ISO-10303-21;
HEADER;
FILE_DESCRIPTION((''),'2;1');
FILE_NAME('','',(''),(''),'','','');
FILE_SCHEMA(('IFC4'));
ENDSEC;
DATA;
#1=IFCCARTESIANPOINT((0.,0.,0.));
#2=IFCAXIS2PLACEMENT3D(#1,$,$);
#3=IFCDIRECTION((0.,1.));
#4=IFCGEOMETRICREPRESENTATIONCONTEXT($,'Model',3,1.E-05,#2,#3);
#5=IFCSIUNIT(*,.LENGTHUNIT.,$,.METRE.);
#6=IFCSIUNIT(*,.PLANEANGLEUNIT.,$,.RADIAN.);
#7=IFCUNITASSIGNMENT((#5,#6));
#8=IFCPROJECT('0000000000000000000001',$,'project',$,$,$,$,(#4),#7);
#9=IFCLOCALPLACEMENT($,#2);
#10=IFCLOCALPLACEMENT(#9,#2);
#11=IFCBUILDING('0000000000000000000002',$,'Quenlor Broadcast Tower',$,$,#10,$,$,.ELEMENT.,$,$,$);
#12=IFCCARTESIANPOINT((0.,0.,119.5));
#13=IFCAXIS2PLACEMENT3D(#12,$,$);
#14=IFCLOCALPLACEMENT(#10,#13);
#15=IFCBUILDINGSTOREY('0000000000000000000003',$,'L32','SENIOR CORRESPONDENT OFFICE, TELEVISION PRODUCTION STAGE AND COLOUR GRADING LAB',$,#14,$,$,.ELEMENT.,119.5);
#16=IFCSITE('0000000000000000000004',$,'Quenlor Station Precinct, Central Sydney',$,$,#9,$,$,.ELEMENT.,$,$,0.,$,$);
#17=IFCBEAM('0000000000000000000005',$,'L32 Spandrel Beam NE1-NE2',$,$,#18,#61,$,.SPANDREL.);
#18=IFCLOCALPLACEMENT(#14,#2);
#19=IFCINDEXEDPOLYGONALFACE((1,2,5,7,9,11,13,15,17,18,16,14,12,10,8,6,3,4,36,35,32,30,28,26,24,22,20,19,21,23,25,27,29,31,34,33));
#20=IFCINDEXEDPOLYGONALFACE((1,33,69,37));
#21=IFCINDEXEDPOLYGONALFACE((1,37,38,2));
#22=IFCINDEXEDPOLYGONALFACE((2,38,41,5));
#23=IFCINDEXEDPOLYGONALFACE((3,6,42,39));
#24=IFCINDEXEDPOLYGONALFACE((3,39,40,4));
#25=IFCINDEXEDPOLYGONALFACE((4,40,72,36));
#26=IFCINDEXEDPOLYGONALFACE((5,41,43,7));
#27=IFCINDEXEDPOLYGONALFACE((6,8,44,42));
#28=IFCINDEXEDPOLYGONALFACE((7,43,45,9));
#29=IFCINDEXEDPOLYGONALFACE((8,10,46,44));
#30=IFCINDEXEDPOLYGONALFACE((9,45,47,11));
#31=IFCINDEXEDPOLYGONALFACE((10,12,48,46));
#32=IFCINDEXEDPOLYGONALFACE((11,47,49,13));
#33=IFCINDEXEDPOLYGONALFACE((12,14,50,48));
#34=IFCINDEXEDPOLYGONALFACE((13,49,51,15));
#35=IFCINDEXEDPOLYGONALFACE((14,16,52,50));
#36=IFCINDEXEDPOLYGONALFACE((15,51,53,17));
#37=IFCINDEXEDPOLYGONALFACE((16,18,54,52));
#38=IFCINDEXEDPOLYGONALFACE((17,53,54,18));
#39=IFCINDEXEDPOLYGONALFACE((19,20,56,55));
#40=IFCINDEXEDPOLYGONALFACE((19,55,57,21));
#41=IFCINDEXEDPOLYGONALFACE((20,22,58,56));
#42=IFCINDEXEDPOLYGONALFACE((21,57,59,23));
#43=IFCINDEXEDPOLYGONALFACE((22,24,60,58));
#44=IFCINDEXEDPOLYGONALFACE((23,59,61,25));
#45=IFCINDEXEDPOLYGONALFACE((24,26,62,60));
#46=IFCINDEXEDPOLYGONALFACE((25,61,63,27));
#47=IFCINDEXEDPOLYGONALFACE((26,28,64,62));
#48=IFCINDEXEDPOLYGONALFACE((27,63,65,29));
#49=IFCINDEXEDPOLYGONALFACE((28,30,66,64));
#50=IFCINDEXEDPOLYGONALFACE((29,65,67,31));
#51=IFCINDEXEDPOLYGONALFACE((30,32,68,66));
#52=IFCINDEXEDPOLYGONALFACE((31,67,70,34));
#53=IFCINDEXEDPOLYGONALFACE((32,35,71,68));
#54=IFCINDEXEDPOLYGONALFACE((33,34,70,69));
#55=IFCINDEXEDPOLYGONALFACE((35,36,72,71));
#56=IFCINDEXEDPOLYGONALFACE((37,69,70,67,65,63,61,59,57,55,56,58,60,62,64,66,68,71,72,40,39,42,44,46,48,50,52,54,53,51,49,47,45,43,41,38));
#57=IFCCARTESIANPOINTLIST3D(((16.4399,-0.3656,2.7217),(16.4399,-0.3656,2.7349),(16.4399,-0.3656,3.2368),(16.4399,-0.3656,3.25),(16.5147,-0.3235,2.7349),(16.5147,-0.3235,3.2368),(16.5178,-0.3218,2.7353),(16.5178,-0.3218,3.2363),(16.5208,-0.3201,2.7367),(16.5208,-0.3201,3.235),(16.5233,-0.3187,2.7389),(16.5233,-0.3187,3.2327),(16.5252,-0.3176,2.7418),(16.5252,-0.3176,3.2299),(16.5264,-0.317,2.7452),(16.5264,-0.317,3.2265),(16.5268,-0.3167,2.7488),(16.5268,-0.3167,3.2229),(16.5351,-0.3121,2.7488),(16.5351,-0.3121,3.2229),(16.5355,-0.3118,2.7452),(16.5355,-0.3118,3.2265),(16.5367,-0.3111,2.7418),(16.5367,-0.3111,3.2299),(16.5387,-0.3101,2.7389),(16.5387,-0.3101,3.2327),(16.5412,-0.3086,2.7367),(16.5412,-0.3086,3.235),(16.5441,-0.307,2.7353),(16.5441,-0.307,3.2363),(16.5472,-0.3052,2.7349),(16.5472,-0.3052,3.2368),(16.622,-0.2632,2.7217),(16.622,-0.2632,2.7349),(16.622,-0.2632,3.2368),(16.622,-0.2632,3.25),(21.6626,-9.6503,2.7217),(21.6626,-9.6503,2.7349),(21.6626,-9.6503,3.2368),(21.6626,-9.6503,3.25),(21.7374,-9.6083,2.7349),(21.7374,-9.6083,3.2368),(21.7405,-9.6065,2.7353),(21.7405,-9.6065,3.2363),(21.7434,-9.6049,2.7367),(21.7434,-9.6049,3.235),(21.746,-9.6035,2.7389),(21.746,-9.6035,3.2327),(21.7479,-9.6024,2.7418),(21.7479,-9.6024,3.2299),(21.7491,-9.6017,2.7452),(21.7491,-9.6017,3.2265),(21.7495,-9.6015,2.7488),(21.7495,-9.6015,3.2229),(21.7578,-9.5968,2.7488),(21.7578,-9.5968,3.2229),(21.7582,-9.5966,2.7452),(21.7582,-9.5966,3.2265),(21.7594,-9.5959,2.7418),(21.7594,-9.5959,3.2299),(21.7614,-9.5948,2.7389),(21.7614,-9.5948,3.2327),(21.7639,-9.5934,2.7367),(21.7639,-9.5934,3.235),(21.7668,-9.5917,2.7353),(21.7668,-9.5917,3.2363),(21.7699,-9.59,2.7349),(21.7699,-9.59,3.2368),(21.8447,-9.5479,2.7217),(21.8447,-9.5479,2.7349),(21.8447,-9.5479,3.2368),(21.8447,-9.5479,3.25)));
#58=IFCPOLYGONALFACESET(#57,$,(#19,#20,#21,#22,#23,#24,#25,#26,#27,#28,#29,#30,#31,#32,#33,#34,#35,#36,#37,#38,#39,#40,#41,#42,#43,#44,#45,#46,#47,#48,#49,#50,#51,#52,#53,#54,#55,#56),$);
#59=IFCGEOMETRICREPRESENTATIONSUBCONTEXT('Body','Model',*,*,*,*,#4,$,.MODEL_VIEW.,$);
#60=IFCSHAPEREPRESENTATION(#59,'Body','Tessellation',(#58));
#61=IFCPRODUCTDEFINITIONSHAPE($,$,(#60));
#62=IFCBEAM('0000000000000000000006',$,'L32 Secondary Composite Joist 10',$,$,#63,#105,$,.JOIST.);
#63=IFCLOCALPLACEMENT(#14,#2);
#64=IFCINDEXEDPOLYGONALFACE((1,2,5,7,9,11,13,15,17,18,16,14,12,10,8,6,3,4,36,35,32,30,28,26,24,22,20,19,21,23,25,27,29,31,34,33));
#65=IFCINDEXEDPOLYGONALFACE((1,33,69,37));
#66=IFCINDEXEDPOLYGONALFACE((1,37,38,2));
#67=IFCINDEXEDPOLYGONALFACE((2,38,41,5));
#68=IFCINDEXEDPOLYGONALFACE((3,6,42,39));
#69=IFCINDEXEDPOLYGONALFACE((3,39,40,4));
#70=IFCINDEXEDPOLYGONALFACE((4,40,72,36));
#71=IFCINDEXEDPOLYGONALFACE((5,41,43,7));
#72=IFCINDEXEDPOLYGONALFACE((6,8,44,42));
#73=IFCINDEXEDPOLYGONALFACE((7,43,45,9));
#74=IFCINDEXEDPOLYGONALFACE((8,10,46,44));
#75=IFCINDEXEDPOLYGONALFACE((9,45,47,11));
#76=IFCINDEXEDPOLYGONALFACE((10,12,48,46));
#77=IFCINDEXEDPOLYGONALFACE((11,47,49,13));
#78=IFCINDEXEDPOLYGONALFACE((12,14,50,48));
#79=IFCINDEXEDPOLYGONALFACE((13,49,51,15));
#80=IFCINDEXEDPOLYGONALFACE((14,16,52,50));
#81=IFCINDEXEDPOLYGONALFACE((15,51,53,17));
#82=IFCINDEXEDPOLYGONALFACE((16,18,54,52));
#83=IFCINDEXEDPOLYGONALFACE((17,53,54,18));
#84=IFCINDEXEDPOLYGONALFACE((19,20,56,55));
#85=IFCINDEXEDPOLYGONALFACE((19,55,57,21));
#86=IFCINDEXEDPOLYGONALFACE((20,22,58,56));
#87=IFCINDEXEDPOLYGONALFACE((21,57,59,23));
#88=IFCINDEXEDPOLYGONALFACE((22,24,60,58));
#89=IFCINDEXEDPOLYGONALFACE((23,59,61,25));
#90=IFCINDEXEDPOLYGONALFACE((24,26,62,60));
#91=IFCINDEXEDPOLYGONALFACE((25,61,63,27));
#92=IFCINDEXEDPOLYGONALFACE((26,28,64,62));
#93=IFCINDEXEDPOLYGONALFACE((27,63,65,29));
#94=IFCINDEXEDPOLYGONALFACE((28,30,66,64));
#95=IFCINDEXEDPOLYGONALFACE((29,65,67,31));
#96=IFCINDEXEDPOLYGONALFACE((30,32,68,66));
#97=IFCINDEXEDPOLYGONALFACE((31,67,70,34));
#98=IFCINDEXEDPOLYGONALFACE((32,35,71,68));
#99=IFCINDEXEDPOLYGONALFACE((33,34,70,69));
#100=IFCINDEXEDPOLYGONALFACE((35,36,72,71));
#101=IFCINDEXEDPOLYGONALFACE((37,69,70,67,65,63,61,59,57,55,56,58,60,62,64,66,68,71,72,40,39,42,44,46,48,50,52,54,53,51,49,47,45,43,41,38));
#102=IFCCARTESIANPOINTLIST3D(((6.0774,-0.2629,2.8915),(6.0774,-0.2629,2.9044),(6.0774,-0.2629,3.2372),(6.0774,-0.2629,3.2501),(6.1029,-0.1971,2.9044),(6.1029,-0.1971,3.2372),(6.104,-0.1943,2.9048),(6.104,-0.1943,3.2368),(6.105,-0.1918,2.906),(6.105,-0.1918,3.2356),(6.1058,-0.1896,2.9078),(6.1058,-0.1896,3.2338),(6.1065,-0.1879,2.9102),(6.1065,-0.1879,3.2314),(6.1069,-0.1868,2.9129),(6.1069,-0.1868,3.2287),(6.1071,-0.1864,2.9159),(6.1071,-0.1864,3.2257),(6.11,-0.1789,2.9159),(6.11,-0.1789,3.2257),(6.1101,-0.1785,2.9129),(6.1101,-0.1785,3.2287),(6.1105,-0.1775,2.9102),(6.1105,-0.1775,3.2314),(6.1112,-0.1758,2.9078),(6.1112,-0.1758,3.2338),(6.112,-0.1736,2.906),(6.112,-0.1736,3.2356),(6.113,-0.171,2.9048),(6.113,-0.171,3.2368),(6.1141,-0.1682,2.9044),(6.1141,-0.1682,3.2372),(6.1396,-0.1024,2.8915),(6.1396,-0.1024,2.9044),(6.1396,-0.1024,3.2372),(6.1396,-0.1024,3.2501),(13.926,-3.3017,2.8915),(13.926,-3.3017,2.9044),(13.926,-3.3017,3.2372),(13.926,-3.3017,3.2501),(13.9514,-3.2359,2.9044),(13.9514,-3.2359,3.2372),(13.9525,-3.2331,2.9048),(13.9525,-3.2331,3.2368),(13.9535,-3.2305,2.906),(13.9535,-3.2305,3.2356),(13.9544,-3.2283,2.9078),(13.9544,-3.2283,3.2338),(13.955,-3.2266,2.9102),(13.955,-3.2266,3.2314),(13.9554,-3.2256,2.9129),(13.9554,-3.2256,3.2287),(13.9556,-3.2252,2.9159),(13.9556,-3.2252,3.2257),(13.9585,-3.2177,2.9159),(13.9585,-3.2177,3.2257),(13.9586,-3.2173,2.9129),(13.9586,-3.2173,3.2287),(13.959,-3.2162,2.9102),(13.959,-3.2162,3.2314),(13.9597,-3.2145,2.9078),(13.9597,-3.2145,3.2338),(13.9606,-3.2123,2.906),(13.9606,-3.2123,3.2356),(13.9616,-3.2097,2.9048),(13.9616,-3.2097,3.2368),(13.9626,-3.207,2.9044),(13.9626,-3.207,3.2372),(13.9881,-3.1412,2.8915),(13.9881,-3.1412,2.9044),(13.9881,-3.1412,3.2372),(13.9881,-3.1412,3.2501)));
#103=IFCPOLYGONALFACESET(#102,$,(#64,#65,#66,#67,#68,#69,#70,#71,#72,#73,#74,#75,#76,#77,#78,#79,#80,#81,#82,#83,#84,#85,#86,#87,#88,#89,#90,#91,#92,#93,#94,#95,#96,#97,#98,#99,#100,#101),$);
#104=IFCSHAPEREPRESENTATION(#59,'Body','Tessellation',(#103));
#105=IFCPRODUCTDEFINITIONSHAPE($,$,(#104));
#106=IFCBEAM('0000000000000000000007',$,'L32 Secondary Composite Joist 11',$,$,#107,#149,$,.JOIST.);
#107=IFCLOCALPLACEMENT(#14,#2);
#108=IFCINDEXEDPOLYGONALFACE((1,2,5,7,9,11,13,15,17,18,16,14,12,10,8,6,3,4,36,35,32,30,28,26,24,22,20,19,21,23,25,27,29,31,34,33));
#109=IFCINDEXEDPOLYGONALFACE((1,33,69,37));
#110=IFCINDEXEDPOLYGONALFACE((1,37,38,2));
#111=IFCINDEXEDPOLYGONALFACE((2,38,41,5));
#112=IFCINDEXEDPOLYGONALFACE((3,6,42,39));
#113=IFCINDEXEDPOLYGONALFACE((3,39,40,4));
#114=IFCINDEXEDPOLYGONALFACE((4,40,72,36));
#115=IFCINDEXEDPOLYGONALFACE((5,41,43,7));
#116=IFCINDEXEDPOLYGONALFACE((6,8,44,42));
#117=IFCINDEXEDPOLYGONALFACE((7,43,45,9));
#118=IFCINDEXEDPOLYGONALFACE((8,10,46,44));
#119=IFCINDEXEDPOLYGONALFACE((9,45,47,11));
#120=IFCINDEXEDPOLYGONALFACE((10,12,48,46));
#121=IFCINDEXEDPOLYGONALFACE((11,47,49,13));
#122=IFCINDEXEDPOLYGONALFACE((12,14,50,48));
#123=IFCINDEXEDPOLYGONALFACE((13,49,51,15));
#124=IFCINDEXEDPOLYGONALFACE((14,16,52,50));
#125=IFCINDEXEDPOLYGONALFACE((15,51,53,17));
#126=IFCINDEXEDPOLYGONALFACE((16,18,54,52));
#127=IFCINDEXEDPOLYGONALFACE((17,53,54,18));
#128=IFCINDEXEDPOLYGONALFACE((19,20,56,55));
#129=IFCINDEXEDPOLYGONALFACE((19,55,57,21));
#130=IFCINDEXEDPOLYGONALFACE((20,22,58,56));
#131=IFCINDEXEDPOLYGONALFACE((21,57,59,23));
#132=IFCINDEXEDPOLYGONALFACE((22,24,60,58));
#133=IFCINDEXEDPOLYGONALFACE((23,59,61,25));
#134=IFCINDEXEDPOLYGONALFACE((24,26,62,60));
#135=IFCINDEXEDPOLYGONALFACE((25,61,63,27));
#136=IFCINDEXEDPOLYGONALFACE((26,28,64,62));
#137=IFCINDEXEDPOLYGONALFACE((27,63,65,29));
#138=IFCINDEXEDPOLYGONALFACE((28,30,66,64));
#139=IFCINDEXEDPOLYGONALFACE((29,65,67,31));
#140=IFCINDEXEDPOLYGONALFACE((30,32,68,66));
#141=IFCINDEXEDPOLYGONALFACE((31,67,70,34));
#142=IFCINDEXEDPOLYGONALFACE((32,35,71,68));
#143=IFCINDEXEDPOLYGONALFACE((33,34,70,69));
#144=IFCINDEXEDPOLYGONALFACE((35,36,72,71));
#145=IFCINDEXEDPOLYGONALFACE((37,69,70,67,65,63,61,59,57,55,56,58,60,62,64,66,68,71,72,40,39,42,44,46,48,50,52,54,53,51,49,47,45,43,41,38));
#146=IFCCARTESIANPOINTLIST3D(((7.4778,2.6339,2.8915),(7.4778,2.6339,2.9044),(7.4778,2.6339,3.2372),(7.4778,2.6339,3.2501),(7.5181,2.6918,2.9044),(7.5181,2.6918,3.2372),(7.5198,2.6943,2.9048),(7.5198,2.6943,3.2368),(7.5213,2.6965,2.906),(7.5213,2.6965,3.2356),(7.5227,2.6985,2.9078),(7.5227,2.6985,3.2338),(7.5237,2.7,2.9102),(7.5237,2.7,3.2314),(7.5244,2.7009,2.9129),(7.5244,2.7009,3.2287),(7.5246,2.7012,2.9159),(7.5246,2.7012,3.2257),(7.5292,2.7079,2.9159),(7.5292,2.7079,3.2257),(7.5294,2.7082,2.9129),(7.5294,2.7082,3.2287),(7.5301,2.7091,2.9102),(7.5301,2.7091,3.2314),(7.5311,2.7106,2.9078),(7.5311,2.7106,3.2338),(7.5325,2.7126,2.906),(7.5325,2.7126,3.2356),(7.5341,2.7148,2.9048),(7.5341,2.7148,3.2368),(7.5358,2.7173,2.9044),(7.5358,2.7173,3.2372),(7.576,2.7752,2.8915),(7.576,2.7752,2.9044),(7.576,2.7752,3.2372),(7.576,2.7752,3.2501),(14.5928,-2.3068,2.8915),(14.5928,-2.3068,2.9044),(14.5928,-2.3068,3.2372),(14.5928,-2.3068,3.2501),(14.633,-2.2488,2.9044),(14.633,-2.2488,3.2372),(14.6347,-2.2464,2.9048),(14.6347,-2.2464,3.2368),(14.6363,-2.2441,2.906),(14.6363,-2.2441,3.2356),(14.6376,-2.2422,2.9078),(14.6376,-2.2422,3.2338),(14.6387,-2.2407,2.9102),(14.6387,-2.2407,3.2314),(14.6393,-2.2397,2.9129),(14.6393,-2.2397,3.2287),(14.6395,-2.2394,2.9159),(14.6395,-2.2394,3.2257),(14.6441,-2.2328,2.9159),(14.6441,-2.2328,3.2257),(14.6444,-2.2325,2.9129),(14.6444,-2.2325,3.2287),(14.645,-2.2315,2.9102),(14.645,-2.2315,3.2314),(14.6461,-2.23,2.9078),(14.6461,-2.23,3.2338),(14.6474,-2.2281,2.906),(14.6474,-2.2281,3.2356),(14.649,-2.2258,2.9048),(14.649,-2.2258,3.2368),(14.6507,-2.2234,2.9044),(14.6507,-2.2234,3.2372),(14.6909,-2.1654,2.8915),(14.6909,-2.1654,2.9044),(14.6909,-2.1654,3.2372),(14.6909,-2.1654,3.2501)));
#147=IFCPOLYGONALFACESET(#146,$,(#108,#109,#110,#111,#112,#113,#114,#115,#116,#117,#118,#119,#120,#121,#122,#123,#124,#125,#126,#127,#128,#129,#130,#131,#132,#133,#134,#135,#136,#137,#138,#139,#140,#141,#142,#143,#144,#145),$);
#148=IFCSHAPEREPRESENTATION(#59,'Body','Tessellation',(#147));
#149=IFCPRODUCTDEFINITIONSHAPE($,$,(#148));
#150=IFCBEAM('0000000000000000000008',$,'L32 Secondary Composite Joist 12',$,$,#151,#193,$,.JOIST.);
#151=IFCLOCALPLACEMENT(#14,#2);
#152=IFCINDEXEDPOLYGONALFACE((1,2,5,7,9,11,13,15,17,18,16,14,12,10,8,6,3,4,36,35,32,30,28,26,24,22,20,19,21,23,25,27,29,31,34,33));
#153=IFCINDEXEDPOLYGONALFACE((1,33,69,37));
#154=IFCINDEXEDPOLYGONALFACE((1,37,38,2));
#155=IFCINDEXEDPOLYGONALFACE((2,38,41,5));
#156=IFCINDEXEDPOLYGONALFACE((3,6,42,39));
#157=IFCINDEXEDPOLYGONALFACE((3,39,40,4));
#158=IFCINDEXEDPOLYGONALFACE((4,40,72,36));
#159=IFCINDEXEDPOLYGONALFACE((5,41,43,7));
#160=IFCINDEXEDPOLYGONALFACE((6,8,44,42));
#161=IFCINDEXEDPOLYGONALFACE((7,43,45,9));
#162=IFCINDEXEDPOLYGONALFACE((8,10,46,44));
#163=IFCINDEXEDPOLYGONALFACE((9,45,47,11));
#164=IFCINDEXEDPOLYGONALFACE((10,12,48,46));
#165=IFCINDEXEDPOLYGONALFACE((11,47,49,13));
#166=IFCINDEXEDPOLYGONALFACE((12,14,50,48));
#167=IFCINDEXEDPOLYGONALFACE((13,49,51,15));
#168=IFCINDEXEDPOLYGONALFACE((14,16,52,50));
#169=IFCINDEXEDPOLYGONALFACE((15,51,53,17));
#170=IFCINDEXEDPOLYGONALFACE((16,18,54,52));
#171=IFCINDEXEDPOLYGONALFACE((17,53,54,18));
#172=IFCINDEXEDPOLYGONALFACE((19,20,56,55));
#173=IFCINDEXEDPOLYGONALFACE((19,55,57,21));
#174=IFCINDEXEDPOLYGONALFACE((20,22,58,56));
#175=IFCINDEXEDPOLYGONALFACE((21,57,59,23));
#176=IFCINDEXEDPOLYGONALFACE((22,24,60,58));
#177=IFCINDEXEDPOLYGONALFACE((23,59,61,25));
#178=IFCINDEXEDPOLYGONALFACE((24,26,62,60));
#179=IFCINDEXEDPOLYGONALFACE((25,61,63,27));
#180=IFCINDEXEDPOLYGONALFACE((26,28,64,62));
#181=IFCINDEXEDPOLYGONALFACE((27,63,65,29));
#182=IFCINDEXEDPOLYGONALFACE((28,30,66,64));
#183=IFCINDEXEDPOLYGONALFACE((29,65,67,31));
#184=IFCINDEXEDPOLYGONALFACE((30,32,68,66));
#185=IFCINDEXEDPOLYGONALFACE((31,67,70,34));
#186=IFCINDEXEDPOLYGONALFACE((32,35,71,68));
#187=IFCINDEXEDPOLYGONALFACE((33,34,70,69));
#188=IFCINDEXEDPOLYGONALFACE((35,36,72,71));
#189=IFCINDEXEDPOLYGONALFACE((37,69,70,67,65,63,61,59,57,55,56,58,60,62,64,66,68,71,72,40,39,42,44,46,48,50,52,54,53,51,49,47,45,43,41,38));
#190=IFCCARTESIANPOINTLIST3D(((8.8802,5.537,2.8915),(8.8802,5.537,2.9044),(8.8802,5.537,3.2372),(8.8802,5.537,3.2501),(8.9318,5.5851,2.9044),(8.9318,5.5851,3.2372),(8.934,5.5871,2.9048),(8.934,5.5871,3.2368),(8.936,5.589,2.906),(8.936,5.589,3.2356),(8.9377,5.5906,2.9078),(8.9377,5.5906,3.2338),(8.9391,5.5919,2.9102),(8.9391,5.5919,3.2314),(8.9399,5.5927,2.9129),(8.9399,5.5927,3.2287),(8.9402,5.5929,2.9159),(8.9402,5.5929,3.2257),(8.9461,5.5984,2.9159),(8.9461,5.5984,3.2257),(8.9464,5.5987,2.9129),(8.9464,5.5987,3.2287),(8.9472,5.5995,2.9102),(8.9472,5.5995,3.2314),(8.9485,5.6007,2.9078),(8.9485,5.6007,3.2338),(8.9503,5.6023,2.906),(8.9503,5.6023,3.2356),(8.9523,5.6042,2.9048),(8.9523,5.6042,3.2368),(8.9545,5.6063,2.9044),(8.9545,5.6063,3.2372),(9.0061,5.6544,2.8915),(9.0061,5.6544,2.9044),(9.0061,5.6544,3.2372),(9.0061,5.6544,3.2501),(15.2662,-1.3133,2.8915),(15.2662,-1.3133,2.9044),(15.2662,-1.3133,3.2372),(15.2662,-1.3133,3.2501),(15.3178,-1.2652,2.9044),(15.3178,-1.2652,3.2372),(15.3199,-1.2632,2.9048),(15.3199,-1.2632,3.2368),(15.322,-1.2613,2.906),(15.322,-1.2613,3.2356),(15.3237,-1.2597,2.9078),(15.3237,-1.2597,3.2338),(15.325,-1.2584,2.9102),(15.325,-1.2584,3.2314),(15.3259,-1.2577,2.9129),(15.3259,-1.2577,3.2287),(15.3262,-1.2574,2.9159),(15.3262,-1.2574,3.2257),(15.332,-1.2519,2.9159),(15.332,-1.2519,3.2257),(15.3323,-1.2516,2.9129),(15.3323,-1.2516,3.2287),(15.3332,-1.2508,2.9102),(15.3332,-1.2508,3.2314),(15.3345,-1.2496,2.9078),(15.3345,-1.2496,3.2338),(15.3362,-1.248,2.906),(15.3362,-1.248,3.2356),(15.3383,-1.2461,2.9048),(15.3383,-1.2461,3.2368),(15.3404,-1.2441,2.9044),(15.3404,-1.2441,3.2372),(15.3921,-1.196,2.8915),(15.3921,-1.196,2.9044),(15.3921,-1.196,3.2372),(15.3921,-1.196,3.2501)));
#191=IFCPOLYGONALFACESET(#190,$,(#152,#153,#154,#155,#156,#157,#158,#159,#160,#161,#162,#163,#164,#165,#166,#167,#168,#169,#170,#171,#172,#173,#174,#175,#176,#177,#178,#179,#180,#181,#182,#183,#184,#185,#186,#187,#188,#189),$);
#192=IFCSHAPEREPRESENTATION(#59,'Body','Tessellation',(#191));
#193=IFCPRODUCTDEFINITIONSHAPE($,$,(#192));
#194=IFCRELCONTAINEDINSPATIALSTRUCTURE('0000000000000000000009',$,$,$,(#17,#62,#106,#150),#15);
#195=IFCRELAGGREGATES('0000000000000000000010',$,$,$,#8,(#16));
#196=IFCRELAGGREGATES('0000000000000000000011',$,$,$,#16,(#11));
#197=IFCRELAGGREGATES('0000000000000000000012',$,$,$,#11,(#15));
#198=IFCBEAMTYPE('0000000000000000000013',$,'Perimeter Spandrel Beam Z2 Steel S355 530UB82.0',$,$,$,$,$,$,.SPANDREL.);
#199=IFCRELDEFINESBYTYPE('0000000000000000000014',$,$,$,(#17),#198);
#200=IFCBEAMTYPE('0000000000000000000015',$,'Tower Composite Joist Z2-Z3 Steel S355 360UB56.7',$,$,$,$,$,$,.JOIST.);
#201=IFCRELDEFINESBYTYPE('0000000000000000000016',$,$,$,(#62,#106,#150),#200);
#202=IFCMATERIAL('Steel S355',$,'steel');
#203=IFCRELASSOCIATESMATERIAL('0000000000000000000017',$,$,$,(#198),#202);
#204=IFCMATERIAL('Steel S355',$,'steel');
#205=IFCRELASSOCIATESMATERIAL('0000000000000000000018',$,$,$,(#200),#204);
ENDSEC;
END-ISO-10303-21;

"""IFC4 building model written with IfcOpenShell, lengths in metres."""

from ifc_helpers import new_model, si_unit, direction, frame, origin, origin_2d, place, context, subcontext, project, spatial, i_section, extrude, material, material_profile, profile_set, type_object, element, save


model = new_model("IFC4")

# Units and contexts
model_context = context("Model", 3, precision=1e-05, world=origin(), true_north=direction((0.0, 1.0)))
body_context = subcontext(model_context, "Body", "Model", "MODEL_VIEW")
ifc_project = project(units=[si_unit("LENGTHUNIT", "METRE"), si_unit("PLANEANGLEUNIT", "RADIAN")], contexts=[model_context])

# Site, building, storey
site_placement = place(None, origin())
site = spatial("IfcSite", under=ifc_project, at=site_placement, Name="Quenlor Station Precinct, Central Sydney", CompositionType="ELEMENT", RefElevation=0.0)
building_placement = place(site_placement, origin())
building = spatial("IfcBuilding", under=site, at=building_placement, Name="Quenlor Broadcast Tower", CompositionType="ELEMENT")
storey_placement = place(building_placement, frame((0.0, 0.0, 119.5)))
storey = spatial("IfcBuildingStorey", under=building, at=storey_placement, Name="L32", Description="SENIOR CORRESPONDENT OFFICE, TELEVISION PRODUCTION STAGE AND COLOUR GRADING LAB", CompositionType="ELEMENT", Elevation=119.5)

# Beams
ifc_material_1 = material(Name="Steel S355", Category="steel")
ifc_material_profile_1 = material_profile(ifc_material_1, i_section(OverallWidth=0.209, OverallDepth=0.5283, WebThickness=0.0095, FlangeThickness=0.0132, FilletRadius=0.0139, at=origin_2d()))
ifc_profile_set_1 = profile_set([ifc_material_profile_1], Name="Steel S355 530UB82.0")
beam_type_1 = type_object("IfcBeamType", Name="Perimeter Spandrel Beam Z2 Steel S355 530UB82.0", PredefinedType="SPANDREL", material=ifc_profile_set_1)
beam_1_placement = place(storey_placement, frame((21.7537, -9.5991, 2.9858), z_axis=(-0.490263, 0.871574, 0.0), x_axis=(-0.871574, -0.490263, 0.0)))
element("IfcBeam", 1, at=beam_1_placement, inside=storey, type_object=beam_type_1, Name="L32 Spandrel Beam NE1-NE2", PredefinedType="SPANDREL", context=body_context, shape_type="SweptSolid", body=[
    extrude(i_section(OverallWidth=0.209, OverallDepth=0.5283, WebThickness=0.0095, FlangeThickness=0.0132, FilletRadius=0.0139, at=origin_2d()), origin(), (0.0, 0.0, 1.0), 10.6528),
])
ifc_material_2 = material(Name="Steel S355", Category="steel")
ifc_material_profile_2 = material_profile(ifc_material_2, i_section(OverallWidth=0.1721, OverallDepth=0.3586, WebThickness=0.0081, FlangeThickness=0.0129, FilletRadius=0.0115, at=origin_2d()))
ifc_profile_set_2 = profile_set([ifc_material_profile_2], Name="Steel S355 360UB56.7")
beam_type_2 = type_object("IfcBeamType", Name="Tower Composite Joist Z2-Z3 Steel S355 360UB56.7", PredefinedType="JOIST", material=ifc_profile_set_2)
beam_2_placement = place(storey_placement, frame((13.957, -3.2214, 3.0708), z_axis=(-0.932543, 0.36106, 0.0), x_axis=(-0.36106, -0.932543, 0.0)))
element("IfcBeam", 2, at=beam_2_placement, inside=storey, type_object=beam_type_2, Name="L32 Secondary Composite Joist 10", PredefinedType="JOIST", context=body_context, shape_type="SweptSolid", body=[
    extrude(i_section(OverallWidth=0.1721, OverallDepth=0.3586, WebThickness=0.0081, FlangeThickness=0.0129, FilletRadius=0.0115, at=origin_2d()), origin(), (0.0, 0.0, 1.0), 8.4163),
])
beam_3_placement = place(storey_placement, frame((14.6418, -2.2361, 3.0708), z_axis=(-0.821386, 0.570373, 0.0), x_axis=(-0.570373, -0.821386, 0.0)))
element("IfcBeam", 3, at=beam_3_placement, inside=storey, type_object=beam_type_2, Name="L32 Secondary Composite Joist 11", PredefinedType="JOIST", context=body_context, shape_type="SweptSolid", body=[
    extrude(i_section(OverallWidth=0.1721, OverallDepth=0.3586, WebThickness=0.0081, FlangeThickness=0.0129, FilletRadius=0.0115, at=origin_2d()), origin(), (0.0, 0.0, 1.0), 8.6621),
])
beam_4_placement = place(storey_placement, frame((15.3291, -1.2546, 3.0708), z_axis=(-0.681881, 0.731463, 0.0), x_axis=(-0.731463, -0.681881, 0.0)))
element("IfcBeam", 4, at=beam_4_placement, inside=storey, type_object=beam_type_2, Name="L32 Secondary Composite Joist 12", PredefinedType="JOIST", context=body_context, shape_type="SweptSolid", body=[
    extrude(i_section(OverallWidth=0.1721, OverallDepth=0.3586, WebThickness=0.0081, FlangeThickness=0.0129, FilletRadius=0.0115, at=origin_2d()), origin(), (0.0, 0.0, 1.0), 9.3652),
])

save(model, "model.ifc")
